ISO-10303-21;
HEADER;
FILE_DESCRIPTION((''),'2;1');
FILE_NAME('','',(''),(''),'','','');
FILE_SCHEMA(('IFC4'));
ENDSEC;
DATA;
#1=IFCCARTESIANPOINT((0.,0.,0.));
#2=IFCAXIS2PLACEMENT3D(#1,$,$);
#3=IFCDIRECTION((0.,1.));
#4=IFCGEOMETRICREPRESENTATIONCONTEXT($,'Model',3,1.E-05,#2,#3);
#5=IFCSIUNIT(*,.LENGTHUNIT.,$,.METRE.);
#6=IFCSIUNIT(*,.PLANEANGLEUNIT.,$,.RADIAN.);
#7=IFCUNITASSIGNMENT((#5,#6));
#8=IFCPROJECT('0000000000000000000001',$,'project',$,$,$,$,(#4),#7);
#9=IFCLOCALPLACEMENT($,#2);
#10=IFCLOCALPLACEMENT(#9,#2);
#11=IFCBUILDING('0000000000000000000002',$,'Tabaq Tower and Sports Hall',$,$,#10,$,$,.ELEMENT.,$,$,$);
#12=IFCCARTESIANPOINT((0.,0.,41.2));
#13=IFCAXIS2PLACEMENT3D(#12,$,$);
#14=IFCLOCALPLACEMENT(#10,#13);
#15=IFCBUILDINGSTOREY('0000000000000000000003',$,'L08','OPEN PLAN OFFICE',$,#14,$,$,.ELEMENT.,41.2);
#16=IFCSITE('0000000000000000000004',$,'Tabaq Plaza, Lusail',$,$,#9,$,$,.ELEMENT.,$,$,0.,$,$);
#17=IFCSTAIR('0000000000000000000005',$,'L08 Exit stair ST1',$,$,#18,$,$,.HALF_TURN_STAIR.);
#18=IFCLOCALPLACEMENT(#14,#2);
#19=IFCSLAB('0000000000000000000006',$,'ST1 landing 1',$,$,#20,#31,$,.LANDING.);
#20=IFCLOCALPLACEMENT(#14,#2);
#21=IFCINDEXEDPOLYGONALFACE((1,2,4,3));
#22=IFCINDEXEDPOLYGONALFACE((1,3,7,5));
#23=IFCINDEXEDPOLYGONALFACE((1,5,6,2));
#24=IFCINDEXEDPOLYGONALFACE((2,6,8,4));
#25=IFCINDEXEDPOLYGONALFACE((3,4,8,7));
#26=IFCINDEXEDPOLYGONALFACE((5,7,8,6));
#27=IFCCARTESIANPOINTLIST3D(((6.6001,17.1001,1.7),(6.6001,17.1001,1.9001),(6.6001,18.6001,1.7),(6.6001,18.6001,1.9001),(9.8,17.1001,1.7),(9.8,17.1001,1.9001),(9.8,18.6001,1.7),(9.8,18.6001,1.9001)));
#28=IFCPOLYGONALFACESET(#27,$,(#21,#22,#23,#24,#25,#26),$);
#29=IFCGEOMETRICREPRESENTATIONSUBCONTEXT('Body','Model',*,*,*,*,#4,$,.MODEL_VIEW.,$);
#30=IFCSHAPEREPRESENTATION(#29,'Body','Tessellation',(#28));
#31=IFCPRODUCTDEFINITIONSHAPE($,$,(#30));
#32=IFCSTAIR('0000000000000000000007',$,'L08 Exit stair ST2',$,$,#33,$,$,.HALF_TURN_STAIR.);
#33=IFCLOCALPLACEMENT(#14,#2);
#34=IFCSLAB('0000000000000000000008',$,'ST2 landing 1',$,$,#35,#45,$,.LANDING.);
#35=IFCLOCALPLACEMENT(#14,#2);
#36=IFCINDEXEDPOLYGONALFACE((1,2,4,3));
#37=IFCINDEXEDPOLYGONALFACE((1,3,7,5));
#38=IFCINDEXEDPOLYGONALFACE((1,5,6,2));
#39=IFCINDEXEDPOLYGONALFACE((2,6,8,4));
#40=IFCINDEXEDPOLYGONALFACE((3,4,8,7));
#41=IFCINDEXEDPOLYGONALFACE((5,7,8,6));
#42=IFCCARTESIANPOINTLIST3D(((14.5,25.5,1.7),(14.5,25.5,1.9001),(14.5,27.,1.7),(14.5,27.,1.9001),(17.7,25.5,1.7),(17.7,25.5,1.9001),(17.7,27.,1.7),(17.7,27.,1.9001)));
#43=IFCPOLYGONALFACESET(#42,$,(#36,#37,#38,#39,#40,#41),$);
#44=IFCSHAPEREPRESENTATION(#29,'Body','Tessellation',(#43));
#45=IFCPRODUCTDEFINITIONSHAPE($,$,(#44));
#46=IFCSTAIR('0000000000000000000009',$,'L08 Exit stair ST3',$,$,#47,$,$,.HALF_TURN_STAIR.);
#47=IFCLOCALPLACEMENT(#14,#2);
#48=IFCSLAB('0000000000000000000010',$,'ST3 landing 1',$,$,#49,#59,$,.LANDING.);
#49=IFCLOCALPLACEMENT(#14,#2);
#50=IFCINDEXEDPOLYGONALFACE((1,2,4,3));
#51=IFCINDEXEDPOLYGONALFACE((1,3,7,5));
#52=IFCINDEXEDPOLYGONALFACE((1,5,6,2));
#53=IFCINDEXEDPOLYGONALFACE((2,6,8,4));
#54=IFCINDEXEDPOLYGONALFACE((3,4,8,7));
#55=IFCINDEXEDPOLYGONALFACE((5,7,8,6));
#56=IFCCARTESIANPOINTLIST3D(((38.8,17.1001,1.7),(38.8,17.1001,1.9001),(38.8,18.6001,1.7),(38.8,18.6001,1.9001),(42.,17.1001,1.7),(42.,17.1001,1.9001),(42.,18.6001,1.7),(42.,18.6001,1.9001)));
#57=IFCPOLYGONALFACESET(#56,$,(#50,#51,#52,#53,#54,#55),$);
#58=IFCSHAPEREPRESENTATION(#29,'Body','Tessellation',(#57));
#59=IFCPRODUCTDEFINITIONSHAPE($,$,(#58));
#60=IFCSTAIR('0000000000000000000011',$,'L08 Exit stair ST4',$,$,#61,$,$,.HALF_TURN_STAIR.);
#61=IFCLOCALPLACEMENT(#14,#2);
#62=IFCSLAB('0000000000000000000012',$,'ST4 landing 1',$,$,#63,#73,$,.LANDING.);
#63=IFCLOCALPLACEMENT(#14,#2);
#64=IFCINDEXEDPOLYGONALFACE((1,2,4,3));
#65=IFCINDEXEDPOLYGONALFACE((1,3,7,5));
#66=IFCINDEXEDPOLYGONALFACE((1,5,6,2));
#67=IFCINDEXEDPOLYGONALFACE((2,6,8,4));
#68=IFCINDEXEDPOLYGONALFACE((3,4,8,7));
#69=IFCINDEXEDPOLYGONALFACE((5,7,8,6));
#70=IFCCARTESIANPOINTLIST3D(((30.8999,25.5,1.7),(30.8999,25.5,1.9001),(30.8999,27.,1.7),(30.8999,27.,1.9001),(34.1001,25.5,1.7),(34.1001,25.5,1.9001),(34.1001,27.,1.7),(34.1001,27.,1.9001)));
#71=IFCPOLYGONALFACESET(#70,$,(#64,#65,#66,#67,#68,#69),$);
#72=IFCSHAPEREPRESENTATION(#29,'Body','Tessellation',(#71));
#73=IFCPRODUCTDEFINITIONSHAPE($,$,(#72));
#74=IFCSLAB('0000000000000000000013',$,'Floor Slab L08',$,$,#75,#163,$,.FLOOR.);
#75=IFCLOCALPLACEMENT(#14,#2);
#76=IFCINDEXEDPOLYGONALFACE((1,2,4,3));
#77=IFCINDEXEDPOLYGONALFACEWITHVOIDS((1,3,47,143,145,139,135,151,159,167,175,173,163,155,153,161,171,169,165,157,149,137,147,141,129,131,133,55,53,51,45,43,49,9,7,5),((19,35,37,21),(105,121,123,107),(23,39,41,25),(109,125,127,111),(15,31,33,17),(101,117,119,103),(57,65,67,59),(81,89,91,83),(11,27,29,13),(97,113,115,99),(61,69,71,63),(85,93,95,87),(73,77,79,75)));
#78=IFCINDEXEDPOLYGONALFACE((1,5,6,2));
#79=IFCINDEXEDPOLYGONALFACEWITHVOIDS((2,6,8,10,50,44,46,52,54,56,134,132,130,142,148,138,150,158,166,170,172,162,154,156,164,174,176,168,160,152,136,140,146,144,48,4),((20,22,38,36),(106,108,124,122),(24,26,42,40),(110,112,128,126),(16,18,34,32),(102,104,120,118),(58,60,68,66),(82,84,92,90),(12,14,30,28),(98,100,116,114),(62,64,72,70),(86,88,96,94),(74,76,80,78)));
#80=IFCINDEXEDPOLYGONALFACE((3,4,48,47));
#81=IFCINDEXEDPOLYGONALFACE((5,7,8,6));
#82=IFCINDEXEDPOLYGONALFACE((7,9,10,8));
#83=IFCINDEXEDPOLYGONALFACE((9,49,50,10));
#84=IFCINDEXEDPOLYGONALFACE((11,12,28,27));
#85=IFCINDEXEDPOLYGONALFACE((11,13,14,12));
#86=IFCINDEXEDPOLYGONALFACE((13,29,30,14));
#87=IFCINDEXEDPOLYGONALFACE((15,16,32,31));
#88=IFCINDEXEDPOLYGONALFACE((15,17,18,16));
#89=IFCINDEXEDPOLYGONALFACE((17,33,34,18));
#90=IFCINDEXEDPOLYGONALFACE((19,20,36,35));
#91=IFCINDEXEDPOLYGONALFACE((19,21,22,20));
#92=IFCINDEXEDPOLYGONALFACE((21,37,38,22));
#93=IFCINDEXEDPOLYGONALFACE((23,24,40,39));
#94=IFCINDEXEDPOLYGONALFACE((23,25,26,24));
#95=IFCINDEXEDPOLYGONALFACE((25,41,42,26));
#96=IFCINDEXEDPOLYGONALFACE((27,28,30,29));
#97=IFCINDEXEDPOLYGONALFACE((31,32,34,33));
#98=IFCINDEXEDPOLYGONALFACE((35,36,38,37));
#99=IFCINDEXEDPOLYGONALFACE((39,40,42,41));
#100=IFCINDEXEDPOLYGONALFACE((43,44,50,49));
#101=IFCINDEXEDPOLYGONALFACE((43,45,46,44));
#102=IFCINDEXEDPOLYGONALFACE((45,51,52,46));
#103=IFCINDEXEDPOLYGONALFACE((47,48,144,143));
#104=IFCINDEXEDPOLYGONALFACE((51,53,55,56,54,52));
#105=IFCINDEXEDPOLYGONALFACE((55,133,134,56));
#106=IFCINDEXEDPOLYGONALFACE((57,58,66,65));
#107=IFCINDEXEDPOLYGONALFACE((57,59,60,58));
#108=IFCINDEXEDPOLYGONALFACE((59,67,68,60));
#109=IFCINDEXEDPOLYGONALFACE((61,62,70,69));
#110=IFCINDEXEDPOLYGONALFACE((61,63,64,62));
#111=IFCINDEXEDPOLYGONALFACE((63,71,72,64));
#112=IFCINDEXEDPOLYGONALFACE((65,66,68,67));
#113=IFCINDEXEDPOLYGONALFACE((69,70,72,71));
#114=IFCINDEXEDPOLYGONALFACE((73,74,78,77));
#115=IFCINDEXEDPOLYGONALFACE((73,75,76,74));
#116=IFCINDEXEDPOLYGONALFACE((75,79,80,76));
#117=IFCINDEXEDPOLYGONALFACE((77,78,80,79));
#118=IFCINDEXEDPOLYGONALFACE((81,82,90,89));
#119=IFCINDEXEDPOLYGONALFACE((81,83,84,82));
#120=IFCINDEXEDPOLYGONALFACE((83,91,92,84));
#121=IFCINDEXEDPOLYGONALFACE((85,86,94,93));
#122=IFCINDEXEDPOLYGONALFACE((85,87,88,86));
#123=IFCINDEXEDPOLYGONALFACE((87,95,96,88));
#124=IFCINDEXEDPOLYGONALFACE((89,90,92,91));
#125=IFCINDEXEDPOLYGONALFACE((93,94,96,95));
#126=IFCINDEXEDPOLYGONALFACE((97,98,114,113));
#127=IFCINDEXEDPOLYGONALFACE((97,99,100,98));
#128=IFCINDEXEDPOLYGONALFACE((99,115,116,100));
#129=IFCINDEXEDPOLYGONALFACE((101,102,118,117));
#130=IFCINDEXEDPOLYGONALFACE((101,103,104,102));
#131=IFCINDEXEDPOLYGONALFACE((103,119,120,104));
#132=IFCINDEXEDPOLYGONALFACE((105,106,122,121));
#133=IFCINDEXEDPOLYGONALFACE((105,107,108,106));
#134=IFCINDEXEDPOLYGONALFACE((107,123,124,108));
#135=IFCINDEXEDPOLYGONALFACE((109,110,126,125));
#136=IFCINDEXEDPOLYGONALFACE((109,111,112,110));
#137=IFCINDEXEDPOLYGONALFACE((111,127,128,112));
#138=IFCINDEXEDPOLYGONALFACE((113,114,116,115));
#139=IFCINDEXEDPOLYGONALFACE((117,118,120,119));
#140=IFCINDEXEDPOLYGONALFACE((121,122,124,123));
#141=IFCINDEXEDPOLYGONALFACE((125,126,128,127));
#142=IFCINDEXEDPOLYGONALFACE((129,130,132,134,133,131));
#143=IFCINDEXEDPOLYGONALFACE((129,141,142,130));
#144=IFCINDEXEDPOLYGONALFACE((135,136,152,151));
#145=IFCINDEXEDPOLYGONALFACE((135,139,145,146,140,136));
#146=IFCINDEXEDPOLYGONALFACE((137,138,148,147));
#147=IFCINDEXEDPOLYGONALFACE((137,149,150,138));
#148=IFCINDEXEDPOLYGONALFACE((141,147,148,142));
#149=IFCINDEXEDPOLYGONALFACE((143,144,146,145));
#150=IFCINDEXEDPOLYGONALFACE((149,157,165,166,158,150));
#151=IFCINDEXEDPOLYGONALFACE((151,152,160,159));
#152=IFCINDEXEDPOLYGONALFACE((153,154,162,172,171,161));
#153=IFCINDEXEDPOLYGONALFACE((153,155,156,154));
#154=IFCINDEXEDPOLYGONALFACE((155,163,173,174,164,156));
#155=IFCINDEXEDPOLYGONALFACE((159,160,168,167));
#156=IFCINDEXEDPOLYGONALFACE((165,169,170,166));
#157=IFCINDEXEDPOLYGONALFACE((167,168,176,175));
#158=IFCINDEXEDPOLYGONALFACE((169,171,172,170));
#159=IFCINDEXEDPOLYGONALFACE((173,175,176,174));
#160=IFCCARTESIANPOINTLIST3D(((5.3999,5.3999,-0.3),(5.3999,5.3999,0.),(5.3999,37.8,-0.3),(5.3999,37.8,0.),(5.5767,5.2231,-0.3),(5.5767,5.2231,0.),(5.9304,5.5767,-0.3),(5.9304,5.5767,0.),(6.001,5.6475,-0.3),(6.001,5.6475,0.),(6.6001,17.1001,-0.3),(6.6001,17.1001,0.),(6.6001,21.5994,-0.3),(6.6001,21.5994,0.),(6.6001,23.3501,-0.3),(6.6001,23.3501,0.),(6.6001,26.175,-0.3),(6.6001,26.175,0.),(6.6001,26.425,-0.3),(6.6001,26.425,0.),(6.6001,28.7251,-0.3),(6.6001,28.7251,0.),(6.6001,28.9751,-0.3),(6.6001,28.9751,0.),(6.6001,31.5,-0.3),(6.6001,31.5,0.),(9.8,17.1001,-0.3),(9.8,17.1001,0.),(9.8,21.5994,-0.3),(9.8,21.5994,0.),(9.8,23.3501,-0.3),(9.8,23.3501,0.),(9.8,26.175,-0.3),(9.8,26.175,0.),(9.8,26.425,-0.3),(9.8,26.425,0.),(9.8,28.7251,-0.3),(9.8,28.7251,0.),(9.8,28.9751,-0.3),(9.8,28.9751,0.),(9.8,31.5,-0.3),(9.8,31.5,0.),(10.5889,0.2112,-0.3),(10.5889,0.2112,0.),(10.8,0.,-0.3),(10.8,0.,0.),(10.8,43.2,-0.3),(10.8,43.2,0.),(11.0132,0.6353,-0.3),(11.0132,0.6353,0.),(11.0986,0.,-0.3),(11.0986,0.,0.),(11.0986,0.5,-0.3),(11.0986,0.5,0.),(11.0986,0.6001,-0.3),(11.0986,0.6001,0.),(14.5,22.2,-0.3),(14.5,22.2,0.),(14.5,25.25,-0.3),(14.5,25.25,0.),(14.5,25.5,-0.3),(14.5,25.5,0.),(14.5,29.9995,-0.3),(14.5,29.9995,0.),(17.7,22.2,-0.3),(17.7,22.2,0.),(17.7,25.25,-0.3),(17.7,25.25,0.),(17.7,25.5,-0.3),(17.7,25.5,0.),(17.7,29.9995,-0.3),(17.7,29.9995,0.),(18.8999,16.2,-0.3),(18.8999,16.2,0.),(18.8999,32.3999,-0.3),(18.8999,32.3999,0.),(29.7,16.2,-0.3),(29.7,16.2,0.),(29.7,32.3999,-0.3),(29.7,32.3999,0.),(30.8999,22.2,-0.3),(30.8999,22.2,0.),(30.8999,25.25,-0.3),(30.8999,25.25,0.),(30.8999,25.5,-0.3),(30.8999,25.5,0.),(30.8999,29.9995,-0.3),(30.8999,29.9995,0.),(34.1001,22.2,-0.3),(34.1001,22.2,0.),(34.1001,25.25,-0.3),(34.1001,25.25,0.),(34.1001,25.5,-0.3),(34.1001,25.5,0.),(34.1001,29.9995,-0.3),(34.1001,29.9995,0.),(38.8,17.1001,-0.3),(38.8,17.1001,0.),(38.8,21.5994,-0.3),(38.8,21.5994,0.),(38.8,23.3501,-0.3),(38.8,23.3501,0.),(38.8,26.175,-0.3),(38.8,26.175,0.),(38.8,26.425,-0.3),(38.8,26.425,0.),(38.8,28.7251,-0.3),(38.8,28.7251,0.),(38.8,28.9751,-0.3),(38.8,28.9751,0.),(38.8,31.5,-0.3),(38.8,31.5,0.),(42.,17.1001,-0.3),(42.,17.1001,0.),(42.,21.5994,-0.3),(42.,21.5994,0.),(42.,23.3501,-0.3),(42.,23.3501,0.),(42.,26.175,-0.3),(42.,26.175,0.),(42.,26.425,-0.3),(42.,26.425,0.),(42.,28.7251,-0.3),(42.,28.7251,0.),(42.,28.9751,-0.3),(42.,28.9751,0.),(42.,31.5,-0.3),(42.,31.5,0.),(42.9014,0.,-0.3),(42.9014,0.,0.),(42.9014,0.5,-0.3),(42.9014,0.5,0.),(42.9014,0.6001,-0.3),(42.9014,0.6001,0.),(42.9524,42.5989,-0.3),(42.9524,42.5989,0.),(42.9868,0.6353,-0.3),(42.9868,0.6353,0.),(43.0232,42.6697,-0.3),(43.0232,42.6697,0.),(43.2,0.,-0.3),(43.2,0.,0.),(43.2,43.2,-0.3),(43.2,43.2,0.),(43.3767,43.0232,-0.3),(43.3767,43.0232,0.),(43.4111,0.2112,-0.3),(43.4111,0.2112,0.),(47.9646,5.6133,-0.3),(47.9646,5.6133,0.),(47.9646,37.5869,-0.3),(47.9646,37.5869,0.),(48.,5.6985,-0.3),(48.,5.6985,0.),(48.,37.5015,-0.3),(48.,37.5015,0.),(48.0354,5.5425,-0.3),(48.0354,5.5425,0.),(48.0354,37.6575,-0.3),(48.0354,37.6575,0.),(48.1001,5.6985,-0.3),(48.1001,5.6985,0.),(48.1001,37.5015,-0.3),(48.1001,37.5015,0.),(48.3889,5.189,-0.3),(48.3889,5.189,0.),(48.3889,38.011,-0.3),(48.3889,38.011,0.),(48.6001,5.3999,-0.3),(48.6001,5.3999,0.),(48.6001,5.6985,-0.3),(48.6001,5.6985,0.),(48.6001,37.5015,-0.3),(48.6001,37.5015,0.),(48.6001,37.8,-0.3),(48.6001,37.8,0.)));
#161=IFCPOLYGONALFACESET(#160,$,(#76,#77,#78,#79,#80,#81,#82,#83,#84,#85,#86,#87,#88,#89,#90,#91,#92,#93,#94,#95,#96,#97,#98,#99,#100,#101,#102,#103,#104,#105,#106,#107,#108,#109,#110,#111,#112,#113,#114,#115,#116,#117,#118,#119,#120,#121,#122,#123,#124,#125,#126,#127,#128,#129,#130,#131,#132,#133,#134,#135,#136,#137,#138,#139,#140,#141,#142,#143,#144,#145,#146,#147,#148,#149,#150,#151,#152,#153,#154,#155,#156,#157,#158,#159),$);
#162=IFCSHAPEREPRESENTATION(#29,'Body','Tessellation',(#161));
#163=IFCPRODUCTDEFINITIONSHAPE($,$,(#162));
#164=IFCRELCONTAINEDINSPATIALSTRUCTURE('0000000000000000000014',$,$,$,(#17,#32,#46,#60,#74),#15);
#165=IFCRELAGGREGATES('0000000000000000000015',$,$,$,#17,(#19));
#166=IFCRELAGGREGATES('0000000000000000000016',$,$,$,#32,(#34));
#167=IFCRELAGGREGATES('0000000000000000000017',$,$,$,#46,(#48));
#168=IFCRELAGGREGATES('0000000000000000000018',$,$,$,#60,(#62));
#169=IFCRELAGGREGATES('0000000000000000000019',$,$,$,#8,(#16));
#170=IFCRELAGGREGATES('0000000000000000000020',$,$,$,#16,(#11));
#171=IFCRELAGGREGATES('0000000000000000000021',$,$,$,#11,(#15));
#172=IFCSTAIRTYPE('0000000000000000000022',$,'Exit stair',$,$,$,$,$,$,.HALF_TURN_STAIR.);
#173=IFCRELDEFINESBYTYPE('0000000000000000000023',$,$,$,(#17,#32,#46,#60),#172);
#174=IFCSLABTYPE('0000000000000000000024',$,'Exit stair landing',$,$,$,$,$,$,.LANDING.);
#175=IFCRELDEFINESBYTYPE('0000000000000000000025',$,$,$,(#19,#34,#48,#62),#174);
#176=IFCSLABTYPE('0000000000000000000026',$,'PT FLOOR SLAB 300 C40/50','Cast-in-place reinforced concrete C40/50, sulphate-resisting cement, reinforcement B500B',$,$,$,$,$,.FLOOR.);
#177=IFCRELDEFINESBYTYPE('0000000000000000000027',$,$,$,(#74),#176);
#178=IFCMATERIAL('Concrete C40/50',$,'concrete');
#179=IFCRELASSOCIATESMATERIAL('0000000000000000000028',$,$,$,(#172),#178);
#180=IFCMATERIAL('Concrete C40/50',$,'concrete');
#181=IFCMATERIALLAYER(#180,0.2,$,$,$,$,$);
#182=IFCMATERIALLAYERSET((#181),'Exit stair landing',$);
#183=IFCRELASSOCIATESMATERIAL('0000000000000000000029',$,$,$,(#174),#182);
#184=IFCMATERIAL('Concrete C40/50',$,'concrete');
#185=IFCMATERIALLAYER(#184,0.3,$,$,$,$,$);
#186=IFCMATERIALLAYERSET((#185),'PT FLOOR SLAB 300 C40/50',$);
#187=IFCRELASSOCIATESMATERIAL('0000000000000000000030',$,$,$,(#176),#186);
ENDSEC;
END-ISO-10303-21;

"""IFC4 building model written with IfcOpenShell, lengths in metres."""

from ifc_helpers import new_model, si_unit, direction, frame, origin, place, context, subcontext, project, spatial, polyline, outline, extrude, material, layer, layer_set, type_object, element, aggregate, save


model = new_model("IFC4")

# Units and contexts
model_context = context("Model", 3, precision=1e-05, world=origin(), true_north=direction((0.0, 1.0)))
body_context = subcontext(model_context, "Body", "Model", "MODEL_VIEW")
ifc_project = project(units=[si_unit("LENGTHUNIT", "METRE"), si_unit("PLANEANGLEUNIT", "RADIAN")], contexts=[model_context])

# Site, building, storey
site_placement = place(None, origin())
site = spatial("IfcSite", under=ifc_project, at=site_placement, Name="Tabaq Plaza, Lusail", CompositionType="ELEMENT", RefElevation=0.0)
building_placement = place(site_placement, origin())
building = spatial("IfcBuilding", under=site, at=building_placement, Name="Tabaq Tower and Sports Hall", CompositionType="ELEMENT")
storey_placement = place(building_placement, frame((0.0, 0.0, 41.2)))
storey = spatial("IfcBuildingStorey", under=building, at=storey_placement, Name="L08", Description="OPEN PLAN OFFICE", CompositionType="ELEMENT", Elevation=41.2)

# Stairs, slabs
ifc_material_1 = material(Name="Concrete C40/50", Category="concrete")
stair_type = type_object("IfcStairType", Name="Exit stair", PredefinedType="HALF_TURN_STAIR", material=ifc_material_1)
stair_1_placement = place(storey_placement, origin())
stair_1 = element("IfcStair", 1, at=stair_1_placement, inside=storey, type_object=stair_type, Name="L08 Exit stair ST1", PredefinedType="HALF_TURN_STAIR")
ifc_material_2 = material(Name="Concrete C40/50", Category="concrete")
ifc_layer_1 = layer(ifc_material_2, 0.2)
ifc_layer_set_1 = layer_set([ifc_layer_1], Name="Exit stair landing")
slab_type_1 = type_object("IfcSlabType", Name="Exit stair landing", PredefinedType="LANDING", material=ifc_layer_set_1)
slab_1_placement = place(storey_placement, frame((0.0, 0.0, 1.7)))
slab_1 = element("IfcSlab", 2, at=slab_1_placement, type_object=slab_type_1, Name="ST1 landing 1", PredefinedType="LANDING", context=body_context, shape_type="SweptSolid", body=[
    extrude(outline(polyline([(6.6001, 18.6001), (6.6001, 17.1001), (9.8, 17.1001), (9.8, 18.6001), (6.6001, 18.6001)])), origin(), (0.0, 0.0, 1.0), 0.2002),
])
aggregate(stair_1, [slab_1])
stair_2_placement = place(storey_placement, origin())
stair_2 = element("IfcStair", 3, at=stair_2_placement, inside=storey, type_object=stair_type, Name="L08 Exit stair ST2", PredefinedType="HALF_TURN_STAIR")
slab_2_placement = place(storey_placement, frame((0.0, 0.0, 1.7)))
slab_2 = element("IfcSlab", 4, at=slab_2_placement, type_object=slab_type_1, Name="ST2 landing 1", PredefinedType="LANDING", context=body_context, shape_type="SweptSolid", body=[
    extrude(outline(polyline([(14.5, 27.0), (14.5, 25.5), (17.7, 25.5), (17.7, 27.0), (14.5, 27.0)])), origin(), (0.0, 0.0, 1.0), 0.2002),
])
aggregate(stair_2, [slab_2])
stair_3_placement = place(storey_placement, origin())
stair_3 = element("IfcStair", 5, at=stair_3_placement, inside=storey, type_object=stair_type, Name="L08 Exit stair ST3", PredefinedType="HALF_TURN_STAIR")
slab_3_placement = place(storey_placement, frame((0.0, 0.0, 1.7)))
slab_3 = element("IfcSlab", 6, at=slab_3_placement, type_object=slab_type_1, Name="ST3 landing 1", PredefinedType="LANDING", context=body_context, shape_type="SweptSolid", body=[
    extrude(outline(polyline([(38.8, 18.6001), (38.8, 17.1001), (42.0, 17.1001), (42.0, 18.6001), (38.8, 18.6001)])), origin(), (0.0, 0.0, 1.0), 0.2002),
])
aggregate(stair_3, [slab_3])
stair_4_placement = place(storey_placement, origin())
stair_4 = element("IfcStair", 7, at=stair_4_placement, inside=storey, type_object=stair_type, Name="L08 Exit stair ST4", PredefinedType="HALF_TURN_STAIR")
slab_4_placement = place(storey_placement, frame((0.0, 0.0, 1.7)))
slab_4 = element("IfcSlab", 8, at=slab_4_placement, type_object=slab_type_1, Name="ST4 landing 1", PredefinedType="LANDING", context=body_context, shape_type="SweptSolid", body=[
    extrude(outline(polyline([(30.8999, 27.0), (30.8999, 25.5), (34.1001, 25.5), (34.1001, 27.0), (30.8999, 27.0)])), origin(), (0.0, 0.0, 1.0), 0.2002),
])
aggregate(stair_4, [slab_4])

# Slab
ifc_material_3 = material(Name="Concrete C40/50", Category="concrete")
ifc_layer_2 = layer(ifc_material_3, 0.3)
ifc_layer_set_2 = layer_set([ifc_layer_2], Name="PT FLOOR SLAB 300 C40/50")
slab_type_2 = type_object("IfcSlabType", Name="PT FLOOR SLAB 300 C40/50", Description="Cast-in-place reinforced concrete C40/50, sulphate-resisting cement, reinforcement B500B", PredefinedType="FLOOR", material=ifc_layer_set_2)
slab_5_placement = place(storey_placement, frame((0.0, 0.0, -0.3)))
element("IfcSlab", 9, at=slab_5_placement, inside=storey, type_object=slab_type_2, Name="Floor Slab L08", PredefinedType="FLOOR", context=body_context, shape_type="SweptSolid", body=[
    extrude(outline(polyline([(5.3999, 37.8), (5.3999, 5.3999), (5.5767, 5.2231), (5.9304, 5.5767), (6.001, 5.6475), (11.0132, 0.6353), (10.5889, 0.2112), (10.8, 0.0), (11.0986, 0.0), (11.0986, 0.5), (11.0986, 0.6001), (42.9014, 0.6001), (42.9014, 0.5), (42.9014, 0.0), (43.2, 0.0), (43.4111, 0.2112), (42.9868, 0.6353), (47.9646, 5.6133), (48.0354, 5.5425), (48.3889, 5.189), (48.6001, 5.3999), (48.6001, 5.6985), (48.1001, 5.6985), (48.0, 5.6985), (48.0, 37.5015), (48.1001, 37.5015), (48.6001, 37.5015), (48.6001, 37.8), (48.3889, 38.011), (48.0354, 37.6575), (47.9646, 37.5869), (42.9524, 42.5989), (43.0232, 42.6697), (43.3767, 43.0232), (43.2, 43.2), (10.8, 43.2), (5.3999, 37.8)]), holes=[polyline([(6.6001, 21.5994), (9.8, 21.5994), (9.8, 17.1001), (6.6001, 17.1001), (6.6001, 21.5994)]), polyline([(17.7, 25.25), (17.7, 22.2), (14.5, 22.2), (14.5, 25.25), (17.7, 25.25)]), polyline([(18.8999, 32.3999), (29.7, 32.3999), (29.7, 16.2), (18.8999, 16.2), (18.8999, 32.3999)]), polyline([(6.6001, 26.175), (9.8, 26.175), (9.8, 23.3501), (6.6001, 23.3501), (6.6001, 26.175)]), polyline([(9.8, 28.7251), (9.8, 26.425), (6.6001, 26.425), (6.6001, 28.7251), (9.8, 28.7251)]), polyline([(17.7, 29.9995), (17.7, 25.5), (14.5, 25.5), (14.5, 29.9995), (17.7, 29.9995)]), polyline([(6.6001, 31.5), (9.8, 31.5), (9.8, 28.9751), (6.6001, 28.9751), (6.6001, 31.5)]), polyline([(42.0, 21.5994), (42.0, 17.1001), (38.8, 17.1001), (38.8, 21.5994), (42.0, 21.5994)]), polyline([(34.1001, 25.25), (34.1001, 22.2), (30.8999, 22.2), (30.8999, 25.25), (34.1001, 25.25)]), polyline([(42.0, 26.175), (42.0, 23.3501), (38.8, 23.3501), (38.8, 26.175), (42.0, 26.175)]), polyline([(42.0, 28.7251), (42.0, 26.425), (38.8, 26.425), (38.8, 28.7251), (42.0, 28.7251)]), polyline([(34.1001, 29.9995), (34.1001, 25.5), (30.8999, 25.5), (30.8999, 29.9995), (34.1001, 29.9995)]), polyline([(42.0, 31.5), (42.0, 28.9751), (38.8, 28.9751), (38.8, 31.5), (42.0, 31.5)])]), origin(), (0.0, 0.0, 1.0), 0.3),
])

save(model, "model.ifc")
